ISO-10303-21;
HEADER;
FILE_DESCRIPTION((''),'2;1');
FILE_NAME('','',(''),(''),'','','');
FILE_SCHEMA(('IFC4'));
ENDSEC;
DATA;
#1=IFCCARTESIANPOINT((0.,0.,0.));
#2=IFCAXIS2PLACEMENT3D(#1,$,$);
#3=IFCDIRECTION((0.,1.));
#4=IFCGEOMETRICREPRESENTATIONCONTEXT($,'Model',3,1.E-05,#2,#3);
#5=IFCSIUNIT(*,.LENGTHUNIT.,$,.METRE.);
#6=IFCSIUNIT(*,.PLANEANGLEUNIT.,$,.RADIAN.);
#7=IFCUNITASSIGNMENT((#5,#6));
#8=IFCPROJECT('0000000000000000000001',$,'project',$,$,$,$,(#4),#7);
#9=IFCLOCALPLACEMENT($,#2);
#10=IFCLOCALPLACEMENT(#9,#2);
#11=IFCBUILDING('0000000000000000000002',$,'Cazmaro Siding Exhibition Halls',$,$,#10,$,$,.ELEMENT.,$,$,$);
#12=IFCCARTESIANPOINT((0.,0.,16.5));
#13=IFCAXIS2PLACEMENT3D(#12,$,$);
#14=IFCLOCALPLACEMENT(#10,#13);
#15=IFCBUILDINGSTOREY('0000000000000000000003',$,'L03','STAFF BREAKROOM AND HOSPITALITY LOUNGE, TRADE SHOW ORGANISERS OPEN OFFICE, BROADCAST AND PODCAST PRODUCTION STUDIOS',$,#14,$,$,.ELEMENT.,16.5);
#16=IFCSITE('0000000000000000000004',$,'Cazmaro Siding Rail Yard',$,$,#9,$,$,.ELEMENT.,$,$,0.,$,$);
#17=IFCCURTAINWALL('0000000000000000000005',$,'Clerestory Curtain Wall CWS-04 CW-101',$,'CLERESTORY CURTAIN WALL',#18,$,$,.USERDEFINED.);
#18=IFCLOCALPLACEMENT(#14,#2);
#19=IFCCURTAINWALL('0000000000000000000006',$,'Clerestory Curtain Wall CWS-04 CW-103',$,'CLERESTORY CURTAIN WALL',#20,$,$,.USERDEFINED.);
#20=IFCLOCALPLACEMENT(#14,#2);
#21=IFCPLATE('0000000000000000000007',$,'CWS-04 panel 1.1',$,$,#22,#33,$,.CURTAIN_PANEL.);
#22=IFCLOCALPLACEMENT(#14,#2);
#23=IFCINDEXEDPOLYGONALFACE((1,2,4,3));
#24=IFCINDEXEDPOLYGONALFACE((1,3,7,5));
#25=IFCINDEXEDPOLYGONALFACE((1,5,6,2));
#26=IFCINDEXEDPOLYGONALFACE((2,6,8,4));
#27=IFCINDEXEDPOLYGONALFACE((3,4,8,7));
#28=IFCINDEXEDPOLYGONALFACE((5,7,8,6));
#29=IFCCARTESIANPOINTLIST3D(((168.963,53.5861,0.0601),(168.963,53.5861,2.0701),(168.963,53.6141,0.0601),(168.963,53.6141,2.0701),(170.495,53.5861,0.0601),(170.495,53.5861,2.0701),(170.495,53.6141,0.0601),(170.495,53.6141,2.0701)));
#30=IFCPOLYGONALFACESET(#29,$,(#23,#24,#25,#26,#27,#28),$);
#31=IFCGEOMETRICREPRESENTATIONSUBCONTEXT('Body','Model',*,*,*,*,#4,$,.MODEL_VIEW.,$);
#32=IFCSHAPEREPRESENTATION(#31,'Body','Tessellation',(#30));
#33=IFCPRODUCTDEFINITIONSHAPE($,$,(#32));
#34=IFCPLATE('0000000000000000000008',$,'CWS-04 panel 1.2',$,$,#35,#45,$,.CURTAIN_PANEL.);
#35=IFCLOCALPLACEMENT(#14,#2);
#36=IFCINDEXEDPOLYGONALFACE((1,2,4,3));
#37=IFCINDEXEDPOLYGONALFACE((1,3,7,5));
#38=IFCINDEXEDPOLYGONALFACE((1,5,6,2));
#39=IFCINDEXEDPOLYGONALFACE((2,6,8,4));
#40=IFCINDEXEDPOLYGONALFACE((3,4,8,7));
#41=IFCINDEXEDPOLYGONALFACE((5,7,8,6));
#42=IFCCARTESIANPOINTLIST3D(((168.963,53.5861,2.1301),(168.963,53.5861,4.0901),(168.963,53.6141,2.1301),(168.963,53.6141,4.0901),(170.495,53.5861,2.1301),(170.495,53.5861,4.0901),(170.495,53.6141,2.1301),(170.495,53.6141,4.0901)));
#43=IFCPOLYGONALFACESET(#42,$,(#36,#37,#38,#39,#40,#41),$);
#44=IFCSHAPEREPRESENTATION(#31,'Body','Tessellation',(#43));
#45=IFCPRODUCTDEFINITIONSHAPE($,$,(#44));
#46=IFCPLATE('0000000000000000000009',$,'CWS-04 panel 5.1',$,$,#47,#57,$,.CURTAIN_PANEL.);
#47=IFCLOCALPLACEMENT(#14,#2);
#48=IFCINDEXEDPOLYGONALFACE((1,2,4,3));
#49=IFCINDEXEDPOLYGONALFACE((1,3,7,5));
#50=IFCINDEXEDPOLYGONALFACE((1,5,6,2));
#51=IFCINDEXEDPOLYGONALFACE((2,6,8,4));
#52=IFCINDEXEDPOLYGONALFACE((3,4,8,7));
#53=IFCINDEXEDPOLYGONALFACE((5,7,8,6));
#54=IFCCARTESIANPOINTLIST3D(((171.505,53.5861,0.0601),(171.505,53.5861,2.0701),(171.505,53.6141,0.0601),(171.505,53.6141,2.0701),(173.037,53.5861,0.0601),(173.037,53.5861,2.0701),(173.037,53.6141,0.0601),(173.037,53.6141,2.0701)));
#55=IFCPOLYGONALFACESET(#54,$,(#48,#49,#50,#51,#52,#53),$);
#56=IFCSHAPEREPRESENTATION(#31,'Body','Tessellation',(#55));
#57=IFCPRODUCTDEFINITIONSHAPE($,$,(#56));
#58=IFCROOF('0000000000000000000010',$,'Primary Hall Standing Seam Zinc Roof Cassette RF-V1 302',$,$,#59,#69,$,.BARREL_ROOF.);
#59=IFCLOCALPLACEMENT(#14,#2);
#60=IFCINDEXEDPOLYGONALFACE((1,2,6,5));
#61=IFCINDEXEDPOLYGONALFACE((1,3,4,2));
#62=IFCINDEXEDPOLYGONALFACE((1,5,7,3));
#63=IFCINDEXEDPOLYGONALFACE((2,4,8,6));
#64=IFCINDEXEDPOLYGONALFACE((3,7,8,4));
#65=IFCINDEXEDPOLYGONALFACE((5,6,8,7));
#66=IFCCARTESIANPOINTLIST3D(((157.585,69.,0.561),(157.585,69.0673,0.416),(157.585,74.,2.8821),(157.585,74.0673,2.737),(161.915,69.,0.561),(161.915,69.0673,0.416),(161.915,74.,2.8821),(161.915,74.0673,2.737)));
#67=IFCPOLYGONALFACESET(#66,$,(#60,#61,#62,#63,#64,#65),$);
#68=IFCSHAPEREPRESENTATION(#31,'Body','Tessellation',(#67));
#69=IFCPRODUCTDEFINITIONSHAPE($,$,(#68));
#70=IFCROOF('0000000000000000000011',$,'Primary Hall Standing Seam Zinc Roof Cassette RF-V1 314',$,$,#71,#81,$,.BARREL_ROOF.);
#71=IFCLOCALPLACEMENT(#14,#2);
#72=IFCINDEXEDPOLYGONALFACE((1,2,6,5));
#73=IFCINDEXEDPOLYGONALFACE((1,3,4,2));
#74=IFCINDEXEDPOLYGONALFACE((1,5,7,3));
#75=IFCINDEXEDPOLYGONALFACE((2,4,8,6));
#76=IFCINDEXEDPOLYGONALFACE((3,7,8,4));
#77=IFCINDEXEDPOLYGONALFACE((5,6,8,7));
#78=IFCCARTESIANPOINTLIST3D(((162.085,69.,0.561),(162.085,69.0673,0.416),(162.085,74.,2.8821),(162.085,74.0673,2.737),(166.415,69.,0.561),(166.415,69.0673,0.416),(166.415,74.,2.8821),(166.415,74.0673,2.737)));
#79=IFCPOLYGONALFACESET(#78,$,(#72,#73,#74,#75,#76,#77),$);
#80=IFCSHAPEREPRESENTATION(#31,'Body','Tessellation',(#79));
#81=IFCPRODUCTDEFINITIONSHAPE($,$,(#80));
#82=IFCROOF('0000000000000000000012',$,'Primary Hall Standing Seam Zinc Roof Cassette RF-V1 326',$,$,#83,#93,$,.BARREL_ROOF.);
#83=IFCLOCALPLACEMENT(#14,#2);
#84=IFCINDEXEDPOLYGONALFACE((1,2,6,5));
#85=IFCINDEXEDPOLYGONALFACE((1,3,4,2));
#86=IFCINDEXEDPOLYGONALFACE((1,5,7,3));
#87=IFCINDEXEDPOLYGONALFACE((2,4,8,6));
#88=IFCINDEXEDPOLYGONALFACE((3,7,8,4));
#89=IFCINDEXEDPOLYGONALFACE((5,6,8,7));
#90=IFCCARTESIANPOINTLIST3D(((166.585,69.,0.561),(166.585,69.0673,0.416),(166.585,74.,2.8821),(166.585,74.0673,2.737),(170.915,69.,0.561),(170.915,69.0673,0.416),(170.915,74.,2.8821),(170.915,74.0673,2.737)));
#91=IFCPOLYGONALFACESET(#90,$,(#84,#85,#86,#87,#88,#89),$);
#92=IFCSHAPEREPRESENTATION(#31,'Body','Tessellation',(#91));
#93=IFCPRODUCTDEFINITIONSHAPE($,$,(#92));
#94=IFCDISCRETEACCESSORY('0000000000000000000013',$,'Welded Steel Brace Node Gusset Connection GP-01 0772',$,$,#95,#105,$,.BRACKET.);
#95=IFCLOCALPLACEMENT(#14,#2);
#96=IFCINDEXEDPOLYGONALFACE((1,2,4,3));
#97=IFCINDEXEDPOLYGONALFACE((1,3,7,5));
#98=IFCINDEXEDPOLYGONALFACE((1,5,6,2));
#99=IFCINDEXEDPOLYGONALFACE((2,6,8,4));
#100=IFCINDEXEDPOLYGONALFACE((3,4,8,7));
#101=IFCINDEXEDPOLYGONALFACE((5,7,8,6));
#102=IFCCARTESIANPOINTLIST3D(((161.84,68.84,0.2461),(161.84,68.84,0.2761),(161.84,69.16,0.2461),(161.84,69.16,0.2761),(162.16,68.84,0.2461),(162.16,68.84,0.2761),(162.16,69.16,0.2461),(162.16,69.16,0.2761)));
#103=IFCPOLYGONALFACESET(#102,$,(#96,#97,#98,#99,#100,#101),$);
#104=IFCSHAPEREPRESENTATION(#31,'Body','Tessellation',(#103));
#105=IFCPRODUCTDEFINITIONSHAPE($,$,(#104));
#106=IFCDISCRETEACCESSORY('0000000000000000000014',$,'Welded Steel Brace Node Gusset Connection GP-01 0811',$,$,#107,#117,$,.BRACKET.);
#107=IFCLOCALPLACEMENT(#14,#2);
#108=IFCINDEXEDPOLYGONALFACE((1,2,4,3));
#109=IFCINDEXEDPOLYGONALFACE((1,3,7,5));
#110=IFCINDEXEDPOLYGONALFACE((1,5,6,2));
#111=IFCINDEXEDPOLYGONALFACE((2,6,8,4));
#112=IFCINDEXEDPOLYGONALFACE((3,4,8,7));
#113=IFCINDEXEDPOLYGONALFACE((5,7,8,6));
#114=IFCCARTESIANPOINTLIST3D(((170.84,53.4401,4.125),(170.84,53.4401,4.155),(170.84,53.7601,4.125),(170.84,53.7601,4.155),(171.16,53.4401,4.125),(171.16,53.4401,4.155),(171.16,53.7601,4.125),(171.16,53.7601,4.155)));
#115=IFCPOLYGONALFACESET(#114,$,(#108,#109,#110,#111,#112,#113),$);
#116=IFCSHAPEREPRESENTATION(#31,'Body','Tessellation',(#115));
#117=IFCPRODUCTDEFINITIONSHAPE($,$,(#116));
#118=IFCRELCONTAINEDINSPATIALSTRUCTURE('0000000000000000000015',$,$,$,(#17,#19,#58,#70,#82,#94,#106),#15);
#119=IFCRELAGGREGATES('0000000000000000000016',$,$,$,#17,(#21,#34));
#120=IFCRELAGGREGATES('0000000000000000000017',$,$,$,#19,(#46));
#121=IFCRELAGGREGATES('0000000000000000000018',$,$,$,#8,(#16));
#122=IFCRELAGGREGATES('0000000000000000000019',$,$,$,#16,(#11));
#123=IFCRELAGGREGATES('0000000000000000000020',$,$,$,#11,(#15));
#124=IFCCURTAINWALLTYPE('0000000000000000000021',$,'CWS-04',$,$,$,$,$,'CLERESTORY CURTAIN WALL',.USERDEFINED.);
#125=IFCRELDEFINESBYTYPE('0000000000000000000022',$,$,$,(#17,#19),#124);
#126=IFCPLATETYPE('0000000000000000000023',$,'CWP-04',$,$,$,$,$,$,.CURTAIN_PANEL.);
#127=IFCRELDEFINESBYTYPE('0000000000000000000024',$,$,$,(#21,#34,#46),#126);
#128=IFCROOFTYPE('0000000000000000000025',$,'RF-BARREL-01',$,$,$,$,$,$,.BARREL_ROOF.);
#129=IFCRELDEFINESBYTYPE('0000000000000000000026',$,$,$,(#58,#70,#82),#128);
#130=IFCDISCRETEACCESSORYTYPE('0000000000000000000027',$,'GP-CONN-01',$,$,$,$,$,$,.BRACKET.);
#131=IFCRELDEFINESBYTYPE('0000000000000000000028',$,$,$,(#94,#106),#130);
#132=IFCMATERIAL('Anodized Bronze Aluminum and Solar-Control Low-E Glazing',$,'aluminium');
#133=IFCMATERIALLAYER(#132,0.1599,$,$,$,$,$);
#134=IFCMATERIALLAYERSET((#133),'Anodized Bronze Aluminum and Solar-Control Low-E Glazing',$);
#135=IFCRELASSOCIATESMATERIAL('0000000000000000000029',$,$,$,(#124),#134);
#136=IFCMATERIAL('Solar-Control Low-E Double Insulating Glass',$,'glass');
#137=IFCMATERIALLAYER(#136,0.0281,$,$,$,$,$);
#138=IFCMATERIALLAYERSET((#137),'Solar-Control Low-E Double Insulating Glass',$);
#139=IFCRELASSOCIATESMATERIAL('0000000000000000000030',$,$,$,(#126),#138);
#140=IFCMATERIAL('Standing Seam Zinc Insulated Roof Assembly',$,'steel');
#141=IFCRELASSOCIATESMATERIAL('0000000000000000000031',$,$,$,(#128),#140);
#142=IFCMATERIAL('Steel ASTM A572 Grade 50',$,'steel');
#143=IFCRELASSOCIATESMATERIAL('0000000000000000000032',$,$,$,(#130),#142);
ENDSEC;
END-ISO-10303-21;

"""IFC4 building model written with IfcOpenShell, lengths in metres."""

from ifc_helpers import new_model, si_unit, direction, frame, origin, origin_2d, place, context, subcontext, project, spatial, polyline, rectangle, outline, extrude, material, layer, layer_set, type_object, element, aggregate, save


model = new_model("IFC4")

# Units and contexts
model_context = context("Model", 3, precision=1e-05, world=origin(), true_north=direction((0.0, 1.0)))
body_context = subcontext(model_context, "Body", "Model", "MODEL_VIEW")
ifc_project = project(units=[si_unit("LENGTHUNIT", "METRE"), si_unit("PLANEANGLEUNIT", "RADIAN")], contexts=[model_context])

# Site, building, storey
site_placement = place(None, origin())
site = spatial("IfcSite", under=ifc_project, at=site_placement, Name="Cazmaro Siding Rail Yard", CompositionType="ELEMENT", RefElevation=0.0)
building_placement = place(site_placement, origin())
building = spatial("IfcBuilding", under=site, at=building_placement, Name="Cazmaro Siding Exhibition Halls", CompositionType="ELEMENT")
storey_placement = place(building_placement, frame((0.0, 0.0, 16.5)))
storey = spatial("IfcBuildingStorey", under=building, at=storey_placement, Name="L03", Description="STAFF BREAKROOM AND HOSPITALITY LOUNGE, TRADE SHOW ORGANISERS OPEN OFFICE, BROADCAST AND PODCAST PRODUCTION STUDIOS", CompositionType="ELEMENT", Elevation=16.5)

# Curtain wall
ifc_material_1 = material(Name="Anodized Bronze Aluminum and Solar-Control Low-E Glazing", Category="aluminium")
ifc_layer_1 = layer(ifc_material_1, 0.1599)
ifc_layer_set_1 = layer_set([ifc_layer_1], Name="Anodized Bronze Aluminum and Solar-Control Low-E Glazing")
curtain_wall_type = type_object("IfcCurtainWallType", Name="CWS-04", ElementType="CLERESTORY CURTAIN WALL", PredefinedType="USERDEFINED", material=ifc_layer_set_1)
curtain_wall_1_placement = place(storey_placement, origin())
curtain_wall_1 = element("IfcCurtainWall", 1, at=curtain_wall_1_placement, inside=storey, type_object=curtain_wall_type, Name="Clerestory Curtain Wall CWS-04 CW-101", ObjectType="CLERESTORY CURTAIN WALL", PredefinedType="USERDEFINED")

# Curtain wall
curtain_wall_2_placement = place(storey_placement, origin())
curtain_wall_2 = element("IfcCurtainWall", 2, at=curtain_wall_2_placement, inside=storey, type_object=curtain_wall_type, Name="Clerestory Curtain Wall CWS-04 CW-103", ObjectType="CLERESTORY CURTAIN WALL", PredefinedType="USERDEFINED")

# Plates
ifc_material_2 = material(Name="Solar-Control Low-E Double Insulating Glass", Category="glass")
ifc_layer_2 = layer(ifc_material_2, 0.0281)
ifc_layer_set_2 = layer_set([ifc_layer_2], Name="Solar-Control Low-E Double Insulating Glass")
plate_type_1 = type_object("IfcPlateType", Name="CWP-04", PredefinedType="CURTAIN_PANEL", material=ifc_layer_set_2)
plate_1_placement = place(storey_placement, frame((169.729, 53.6001, 0.0601), z_axis=(0.0, 0.0, 1.0), x_axis=(-1.0, 0.0, 0.0)))
plate_1 = element("IfcPlate", 3, at=plate_1_placement, type_object=plate_type_1, Name="CWS-04 panel 1.1", PredefinedType="CURTAIN_PANEL", context=body_context, shape_type="SweptSolid", body=[
    extrude(rectangle(XDim=1.532, YDim=0.0281, at=origin_2d()), origin(), (0.0, 0.0, 1.0), 2.01),
])
plate_2_placement = place(storey_placement, frame((169.729, 53.6001, 2.1301), z_axis=(0.0, 0.0, 1.0), x_axis=(-1.0, 0.0, 0.0)))
plate_2 = element("IfcPlate", 4, at=plate_2_placement, type_object=plate_type_1, Name="CWS-04 panel 1.2", PredefinedType="CURTAIN_PANEL", context=body_context, shape_type="SweptSolid", body=[
    extrude(rectangle(XDim=1.532, YDim=0.0281, at=origin_2d()), origin(), (0.0, 0.0, 1.0), 1.96),
])
aggregate(curtain_wall_1, [plate_1, plate_2])
plate_3_placement = place(storey_placement, frame((172.271, 53.6001, 0.0601), z_axis=(0.0, 0.0, 1.0), x_axis=(-1.0, 0.0, 0.0)))
plate_3 = element("IfcPlate", 5, at=plate_3_placement, type_object=plate_type_1, Name="CWS-04 panel 5.1", PredefinedType="CURTAIN_PANEL", context=body_context, shape_type="SweptSolid", body=[
    extrude(rectangle(XDim=1.532, YDim=0.0281, at=origin_2d()), origin(), (0.0, 0.0, 1.0), 2.01),
])
aggregate(curtain_wall_2, [plate_3])

# Roofs
ifc_material_3 = material(Name="Standing Seam Zinc Insulated Roof Assembly", Category="steel")
roof_type = type_object("IfcRoofType", Name="RF-BARREL-01", PredefinedType="BARREL_ROOF", material=ifc_material_3)
for number, where, z_axis, x_axis, name in (
    (6, (157.585, 69.0, 0.561), (0.0, -0.421054, 0.907036), (1.0, 0.0, 0.0), "Primary Hall Standing Seam Zinc Roof Cassette RF-V1 302"),
    (7, (162.085, 69.0, 0.561), (0.0, -0.421054, 0.907036), (1.0, 0.0, 0.0), "Primary Hall Standing Seam Zinc Roof Cassette RF-V1 314"),
    (8, (166.585, 69.0, 0.561), (0.0, -0.421054, 0.907036), (1.0, 0.0, 0.0), "Primary Hall Standing Seam Zinc Roof Cassette RF-V1 326"),
):
    element("IfcRoof", number, at=place(storey_placement, frame(where, z_axis=z_axis, x_axis=x_axis)), inside=storey, type_object=roof_type, Name=name, PredefinedType="BARREL_ROOF", context=body_context, shape_type="SweptSolid", body=[
        extrude(outline(polyline([(0.0, 0.0), (4.3301, 0.0), (4.3301, 5.5125), (0.0, 5.5125), (0.0, 0.0)])), origin(), (0.0, 0.0, -1.0), 0.1599),
    ])

# Discrete accessories
ifc_material_4 = material(Name="Steel ASTM A572 Grade 50", Category="steel")
discrete_accessory_type = type_object("IfcDiscreteAccessoryType", Name="GP-CONN-01", PredefinedType="BRACKET", material=ifc_material_4)
for number, where, z_axis, x_axis, name in (
    (9, (162.0, 69.0, 0.2461), (0.0, 0.0, 1.0), (1.0, 0.0, 0.0), "Welded Steel Brace Node Gusset Connection GP-01 0772"),
    (10, (171.0, 53.6001, 4.125), (0.0, 0.0, 1.0), (1.0, 0.0, 0.0), "Welded Steel Brace Node Gusset Connection GP-01 0811"),
):
    element("IfcDiscreteAccessory", number, at=place(storey_placement, frame(where, z_axis=z_axis, x_axis=x_axis)), inside=storey, type_object=discrete_accessory_type, Name=name, PredefinedType="BRACKET", context=body_context, shape_type="SweptSolid", body=[
        extrude(rectangle(XDim=0.3201, YDim=0.3201, at=origin_2d()), origin(), (0.0, 0.0, 1.0), 0.03),
    ])

save(model, "model.ifc")
